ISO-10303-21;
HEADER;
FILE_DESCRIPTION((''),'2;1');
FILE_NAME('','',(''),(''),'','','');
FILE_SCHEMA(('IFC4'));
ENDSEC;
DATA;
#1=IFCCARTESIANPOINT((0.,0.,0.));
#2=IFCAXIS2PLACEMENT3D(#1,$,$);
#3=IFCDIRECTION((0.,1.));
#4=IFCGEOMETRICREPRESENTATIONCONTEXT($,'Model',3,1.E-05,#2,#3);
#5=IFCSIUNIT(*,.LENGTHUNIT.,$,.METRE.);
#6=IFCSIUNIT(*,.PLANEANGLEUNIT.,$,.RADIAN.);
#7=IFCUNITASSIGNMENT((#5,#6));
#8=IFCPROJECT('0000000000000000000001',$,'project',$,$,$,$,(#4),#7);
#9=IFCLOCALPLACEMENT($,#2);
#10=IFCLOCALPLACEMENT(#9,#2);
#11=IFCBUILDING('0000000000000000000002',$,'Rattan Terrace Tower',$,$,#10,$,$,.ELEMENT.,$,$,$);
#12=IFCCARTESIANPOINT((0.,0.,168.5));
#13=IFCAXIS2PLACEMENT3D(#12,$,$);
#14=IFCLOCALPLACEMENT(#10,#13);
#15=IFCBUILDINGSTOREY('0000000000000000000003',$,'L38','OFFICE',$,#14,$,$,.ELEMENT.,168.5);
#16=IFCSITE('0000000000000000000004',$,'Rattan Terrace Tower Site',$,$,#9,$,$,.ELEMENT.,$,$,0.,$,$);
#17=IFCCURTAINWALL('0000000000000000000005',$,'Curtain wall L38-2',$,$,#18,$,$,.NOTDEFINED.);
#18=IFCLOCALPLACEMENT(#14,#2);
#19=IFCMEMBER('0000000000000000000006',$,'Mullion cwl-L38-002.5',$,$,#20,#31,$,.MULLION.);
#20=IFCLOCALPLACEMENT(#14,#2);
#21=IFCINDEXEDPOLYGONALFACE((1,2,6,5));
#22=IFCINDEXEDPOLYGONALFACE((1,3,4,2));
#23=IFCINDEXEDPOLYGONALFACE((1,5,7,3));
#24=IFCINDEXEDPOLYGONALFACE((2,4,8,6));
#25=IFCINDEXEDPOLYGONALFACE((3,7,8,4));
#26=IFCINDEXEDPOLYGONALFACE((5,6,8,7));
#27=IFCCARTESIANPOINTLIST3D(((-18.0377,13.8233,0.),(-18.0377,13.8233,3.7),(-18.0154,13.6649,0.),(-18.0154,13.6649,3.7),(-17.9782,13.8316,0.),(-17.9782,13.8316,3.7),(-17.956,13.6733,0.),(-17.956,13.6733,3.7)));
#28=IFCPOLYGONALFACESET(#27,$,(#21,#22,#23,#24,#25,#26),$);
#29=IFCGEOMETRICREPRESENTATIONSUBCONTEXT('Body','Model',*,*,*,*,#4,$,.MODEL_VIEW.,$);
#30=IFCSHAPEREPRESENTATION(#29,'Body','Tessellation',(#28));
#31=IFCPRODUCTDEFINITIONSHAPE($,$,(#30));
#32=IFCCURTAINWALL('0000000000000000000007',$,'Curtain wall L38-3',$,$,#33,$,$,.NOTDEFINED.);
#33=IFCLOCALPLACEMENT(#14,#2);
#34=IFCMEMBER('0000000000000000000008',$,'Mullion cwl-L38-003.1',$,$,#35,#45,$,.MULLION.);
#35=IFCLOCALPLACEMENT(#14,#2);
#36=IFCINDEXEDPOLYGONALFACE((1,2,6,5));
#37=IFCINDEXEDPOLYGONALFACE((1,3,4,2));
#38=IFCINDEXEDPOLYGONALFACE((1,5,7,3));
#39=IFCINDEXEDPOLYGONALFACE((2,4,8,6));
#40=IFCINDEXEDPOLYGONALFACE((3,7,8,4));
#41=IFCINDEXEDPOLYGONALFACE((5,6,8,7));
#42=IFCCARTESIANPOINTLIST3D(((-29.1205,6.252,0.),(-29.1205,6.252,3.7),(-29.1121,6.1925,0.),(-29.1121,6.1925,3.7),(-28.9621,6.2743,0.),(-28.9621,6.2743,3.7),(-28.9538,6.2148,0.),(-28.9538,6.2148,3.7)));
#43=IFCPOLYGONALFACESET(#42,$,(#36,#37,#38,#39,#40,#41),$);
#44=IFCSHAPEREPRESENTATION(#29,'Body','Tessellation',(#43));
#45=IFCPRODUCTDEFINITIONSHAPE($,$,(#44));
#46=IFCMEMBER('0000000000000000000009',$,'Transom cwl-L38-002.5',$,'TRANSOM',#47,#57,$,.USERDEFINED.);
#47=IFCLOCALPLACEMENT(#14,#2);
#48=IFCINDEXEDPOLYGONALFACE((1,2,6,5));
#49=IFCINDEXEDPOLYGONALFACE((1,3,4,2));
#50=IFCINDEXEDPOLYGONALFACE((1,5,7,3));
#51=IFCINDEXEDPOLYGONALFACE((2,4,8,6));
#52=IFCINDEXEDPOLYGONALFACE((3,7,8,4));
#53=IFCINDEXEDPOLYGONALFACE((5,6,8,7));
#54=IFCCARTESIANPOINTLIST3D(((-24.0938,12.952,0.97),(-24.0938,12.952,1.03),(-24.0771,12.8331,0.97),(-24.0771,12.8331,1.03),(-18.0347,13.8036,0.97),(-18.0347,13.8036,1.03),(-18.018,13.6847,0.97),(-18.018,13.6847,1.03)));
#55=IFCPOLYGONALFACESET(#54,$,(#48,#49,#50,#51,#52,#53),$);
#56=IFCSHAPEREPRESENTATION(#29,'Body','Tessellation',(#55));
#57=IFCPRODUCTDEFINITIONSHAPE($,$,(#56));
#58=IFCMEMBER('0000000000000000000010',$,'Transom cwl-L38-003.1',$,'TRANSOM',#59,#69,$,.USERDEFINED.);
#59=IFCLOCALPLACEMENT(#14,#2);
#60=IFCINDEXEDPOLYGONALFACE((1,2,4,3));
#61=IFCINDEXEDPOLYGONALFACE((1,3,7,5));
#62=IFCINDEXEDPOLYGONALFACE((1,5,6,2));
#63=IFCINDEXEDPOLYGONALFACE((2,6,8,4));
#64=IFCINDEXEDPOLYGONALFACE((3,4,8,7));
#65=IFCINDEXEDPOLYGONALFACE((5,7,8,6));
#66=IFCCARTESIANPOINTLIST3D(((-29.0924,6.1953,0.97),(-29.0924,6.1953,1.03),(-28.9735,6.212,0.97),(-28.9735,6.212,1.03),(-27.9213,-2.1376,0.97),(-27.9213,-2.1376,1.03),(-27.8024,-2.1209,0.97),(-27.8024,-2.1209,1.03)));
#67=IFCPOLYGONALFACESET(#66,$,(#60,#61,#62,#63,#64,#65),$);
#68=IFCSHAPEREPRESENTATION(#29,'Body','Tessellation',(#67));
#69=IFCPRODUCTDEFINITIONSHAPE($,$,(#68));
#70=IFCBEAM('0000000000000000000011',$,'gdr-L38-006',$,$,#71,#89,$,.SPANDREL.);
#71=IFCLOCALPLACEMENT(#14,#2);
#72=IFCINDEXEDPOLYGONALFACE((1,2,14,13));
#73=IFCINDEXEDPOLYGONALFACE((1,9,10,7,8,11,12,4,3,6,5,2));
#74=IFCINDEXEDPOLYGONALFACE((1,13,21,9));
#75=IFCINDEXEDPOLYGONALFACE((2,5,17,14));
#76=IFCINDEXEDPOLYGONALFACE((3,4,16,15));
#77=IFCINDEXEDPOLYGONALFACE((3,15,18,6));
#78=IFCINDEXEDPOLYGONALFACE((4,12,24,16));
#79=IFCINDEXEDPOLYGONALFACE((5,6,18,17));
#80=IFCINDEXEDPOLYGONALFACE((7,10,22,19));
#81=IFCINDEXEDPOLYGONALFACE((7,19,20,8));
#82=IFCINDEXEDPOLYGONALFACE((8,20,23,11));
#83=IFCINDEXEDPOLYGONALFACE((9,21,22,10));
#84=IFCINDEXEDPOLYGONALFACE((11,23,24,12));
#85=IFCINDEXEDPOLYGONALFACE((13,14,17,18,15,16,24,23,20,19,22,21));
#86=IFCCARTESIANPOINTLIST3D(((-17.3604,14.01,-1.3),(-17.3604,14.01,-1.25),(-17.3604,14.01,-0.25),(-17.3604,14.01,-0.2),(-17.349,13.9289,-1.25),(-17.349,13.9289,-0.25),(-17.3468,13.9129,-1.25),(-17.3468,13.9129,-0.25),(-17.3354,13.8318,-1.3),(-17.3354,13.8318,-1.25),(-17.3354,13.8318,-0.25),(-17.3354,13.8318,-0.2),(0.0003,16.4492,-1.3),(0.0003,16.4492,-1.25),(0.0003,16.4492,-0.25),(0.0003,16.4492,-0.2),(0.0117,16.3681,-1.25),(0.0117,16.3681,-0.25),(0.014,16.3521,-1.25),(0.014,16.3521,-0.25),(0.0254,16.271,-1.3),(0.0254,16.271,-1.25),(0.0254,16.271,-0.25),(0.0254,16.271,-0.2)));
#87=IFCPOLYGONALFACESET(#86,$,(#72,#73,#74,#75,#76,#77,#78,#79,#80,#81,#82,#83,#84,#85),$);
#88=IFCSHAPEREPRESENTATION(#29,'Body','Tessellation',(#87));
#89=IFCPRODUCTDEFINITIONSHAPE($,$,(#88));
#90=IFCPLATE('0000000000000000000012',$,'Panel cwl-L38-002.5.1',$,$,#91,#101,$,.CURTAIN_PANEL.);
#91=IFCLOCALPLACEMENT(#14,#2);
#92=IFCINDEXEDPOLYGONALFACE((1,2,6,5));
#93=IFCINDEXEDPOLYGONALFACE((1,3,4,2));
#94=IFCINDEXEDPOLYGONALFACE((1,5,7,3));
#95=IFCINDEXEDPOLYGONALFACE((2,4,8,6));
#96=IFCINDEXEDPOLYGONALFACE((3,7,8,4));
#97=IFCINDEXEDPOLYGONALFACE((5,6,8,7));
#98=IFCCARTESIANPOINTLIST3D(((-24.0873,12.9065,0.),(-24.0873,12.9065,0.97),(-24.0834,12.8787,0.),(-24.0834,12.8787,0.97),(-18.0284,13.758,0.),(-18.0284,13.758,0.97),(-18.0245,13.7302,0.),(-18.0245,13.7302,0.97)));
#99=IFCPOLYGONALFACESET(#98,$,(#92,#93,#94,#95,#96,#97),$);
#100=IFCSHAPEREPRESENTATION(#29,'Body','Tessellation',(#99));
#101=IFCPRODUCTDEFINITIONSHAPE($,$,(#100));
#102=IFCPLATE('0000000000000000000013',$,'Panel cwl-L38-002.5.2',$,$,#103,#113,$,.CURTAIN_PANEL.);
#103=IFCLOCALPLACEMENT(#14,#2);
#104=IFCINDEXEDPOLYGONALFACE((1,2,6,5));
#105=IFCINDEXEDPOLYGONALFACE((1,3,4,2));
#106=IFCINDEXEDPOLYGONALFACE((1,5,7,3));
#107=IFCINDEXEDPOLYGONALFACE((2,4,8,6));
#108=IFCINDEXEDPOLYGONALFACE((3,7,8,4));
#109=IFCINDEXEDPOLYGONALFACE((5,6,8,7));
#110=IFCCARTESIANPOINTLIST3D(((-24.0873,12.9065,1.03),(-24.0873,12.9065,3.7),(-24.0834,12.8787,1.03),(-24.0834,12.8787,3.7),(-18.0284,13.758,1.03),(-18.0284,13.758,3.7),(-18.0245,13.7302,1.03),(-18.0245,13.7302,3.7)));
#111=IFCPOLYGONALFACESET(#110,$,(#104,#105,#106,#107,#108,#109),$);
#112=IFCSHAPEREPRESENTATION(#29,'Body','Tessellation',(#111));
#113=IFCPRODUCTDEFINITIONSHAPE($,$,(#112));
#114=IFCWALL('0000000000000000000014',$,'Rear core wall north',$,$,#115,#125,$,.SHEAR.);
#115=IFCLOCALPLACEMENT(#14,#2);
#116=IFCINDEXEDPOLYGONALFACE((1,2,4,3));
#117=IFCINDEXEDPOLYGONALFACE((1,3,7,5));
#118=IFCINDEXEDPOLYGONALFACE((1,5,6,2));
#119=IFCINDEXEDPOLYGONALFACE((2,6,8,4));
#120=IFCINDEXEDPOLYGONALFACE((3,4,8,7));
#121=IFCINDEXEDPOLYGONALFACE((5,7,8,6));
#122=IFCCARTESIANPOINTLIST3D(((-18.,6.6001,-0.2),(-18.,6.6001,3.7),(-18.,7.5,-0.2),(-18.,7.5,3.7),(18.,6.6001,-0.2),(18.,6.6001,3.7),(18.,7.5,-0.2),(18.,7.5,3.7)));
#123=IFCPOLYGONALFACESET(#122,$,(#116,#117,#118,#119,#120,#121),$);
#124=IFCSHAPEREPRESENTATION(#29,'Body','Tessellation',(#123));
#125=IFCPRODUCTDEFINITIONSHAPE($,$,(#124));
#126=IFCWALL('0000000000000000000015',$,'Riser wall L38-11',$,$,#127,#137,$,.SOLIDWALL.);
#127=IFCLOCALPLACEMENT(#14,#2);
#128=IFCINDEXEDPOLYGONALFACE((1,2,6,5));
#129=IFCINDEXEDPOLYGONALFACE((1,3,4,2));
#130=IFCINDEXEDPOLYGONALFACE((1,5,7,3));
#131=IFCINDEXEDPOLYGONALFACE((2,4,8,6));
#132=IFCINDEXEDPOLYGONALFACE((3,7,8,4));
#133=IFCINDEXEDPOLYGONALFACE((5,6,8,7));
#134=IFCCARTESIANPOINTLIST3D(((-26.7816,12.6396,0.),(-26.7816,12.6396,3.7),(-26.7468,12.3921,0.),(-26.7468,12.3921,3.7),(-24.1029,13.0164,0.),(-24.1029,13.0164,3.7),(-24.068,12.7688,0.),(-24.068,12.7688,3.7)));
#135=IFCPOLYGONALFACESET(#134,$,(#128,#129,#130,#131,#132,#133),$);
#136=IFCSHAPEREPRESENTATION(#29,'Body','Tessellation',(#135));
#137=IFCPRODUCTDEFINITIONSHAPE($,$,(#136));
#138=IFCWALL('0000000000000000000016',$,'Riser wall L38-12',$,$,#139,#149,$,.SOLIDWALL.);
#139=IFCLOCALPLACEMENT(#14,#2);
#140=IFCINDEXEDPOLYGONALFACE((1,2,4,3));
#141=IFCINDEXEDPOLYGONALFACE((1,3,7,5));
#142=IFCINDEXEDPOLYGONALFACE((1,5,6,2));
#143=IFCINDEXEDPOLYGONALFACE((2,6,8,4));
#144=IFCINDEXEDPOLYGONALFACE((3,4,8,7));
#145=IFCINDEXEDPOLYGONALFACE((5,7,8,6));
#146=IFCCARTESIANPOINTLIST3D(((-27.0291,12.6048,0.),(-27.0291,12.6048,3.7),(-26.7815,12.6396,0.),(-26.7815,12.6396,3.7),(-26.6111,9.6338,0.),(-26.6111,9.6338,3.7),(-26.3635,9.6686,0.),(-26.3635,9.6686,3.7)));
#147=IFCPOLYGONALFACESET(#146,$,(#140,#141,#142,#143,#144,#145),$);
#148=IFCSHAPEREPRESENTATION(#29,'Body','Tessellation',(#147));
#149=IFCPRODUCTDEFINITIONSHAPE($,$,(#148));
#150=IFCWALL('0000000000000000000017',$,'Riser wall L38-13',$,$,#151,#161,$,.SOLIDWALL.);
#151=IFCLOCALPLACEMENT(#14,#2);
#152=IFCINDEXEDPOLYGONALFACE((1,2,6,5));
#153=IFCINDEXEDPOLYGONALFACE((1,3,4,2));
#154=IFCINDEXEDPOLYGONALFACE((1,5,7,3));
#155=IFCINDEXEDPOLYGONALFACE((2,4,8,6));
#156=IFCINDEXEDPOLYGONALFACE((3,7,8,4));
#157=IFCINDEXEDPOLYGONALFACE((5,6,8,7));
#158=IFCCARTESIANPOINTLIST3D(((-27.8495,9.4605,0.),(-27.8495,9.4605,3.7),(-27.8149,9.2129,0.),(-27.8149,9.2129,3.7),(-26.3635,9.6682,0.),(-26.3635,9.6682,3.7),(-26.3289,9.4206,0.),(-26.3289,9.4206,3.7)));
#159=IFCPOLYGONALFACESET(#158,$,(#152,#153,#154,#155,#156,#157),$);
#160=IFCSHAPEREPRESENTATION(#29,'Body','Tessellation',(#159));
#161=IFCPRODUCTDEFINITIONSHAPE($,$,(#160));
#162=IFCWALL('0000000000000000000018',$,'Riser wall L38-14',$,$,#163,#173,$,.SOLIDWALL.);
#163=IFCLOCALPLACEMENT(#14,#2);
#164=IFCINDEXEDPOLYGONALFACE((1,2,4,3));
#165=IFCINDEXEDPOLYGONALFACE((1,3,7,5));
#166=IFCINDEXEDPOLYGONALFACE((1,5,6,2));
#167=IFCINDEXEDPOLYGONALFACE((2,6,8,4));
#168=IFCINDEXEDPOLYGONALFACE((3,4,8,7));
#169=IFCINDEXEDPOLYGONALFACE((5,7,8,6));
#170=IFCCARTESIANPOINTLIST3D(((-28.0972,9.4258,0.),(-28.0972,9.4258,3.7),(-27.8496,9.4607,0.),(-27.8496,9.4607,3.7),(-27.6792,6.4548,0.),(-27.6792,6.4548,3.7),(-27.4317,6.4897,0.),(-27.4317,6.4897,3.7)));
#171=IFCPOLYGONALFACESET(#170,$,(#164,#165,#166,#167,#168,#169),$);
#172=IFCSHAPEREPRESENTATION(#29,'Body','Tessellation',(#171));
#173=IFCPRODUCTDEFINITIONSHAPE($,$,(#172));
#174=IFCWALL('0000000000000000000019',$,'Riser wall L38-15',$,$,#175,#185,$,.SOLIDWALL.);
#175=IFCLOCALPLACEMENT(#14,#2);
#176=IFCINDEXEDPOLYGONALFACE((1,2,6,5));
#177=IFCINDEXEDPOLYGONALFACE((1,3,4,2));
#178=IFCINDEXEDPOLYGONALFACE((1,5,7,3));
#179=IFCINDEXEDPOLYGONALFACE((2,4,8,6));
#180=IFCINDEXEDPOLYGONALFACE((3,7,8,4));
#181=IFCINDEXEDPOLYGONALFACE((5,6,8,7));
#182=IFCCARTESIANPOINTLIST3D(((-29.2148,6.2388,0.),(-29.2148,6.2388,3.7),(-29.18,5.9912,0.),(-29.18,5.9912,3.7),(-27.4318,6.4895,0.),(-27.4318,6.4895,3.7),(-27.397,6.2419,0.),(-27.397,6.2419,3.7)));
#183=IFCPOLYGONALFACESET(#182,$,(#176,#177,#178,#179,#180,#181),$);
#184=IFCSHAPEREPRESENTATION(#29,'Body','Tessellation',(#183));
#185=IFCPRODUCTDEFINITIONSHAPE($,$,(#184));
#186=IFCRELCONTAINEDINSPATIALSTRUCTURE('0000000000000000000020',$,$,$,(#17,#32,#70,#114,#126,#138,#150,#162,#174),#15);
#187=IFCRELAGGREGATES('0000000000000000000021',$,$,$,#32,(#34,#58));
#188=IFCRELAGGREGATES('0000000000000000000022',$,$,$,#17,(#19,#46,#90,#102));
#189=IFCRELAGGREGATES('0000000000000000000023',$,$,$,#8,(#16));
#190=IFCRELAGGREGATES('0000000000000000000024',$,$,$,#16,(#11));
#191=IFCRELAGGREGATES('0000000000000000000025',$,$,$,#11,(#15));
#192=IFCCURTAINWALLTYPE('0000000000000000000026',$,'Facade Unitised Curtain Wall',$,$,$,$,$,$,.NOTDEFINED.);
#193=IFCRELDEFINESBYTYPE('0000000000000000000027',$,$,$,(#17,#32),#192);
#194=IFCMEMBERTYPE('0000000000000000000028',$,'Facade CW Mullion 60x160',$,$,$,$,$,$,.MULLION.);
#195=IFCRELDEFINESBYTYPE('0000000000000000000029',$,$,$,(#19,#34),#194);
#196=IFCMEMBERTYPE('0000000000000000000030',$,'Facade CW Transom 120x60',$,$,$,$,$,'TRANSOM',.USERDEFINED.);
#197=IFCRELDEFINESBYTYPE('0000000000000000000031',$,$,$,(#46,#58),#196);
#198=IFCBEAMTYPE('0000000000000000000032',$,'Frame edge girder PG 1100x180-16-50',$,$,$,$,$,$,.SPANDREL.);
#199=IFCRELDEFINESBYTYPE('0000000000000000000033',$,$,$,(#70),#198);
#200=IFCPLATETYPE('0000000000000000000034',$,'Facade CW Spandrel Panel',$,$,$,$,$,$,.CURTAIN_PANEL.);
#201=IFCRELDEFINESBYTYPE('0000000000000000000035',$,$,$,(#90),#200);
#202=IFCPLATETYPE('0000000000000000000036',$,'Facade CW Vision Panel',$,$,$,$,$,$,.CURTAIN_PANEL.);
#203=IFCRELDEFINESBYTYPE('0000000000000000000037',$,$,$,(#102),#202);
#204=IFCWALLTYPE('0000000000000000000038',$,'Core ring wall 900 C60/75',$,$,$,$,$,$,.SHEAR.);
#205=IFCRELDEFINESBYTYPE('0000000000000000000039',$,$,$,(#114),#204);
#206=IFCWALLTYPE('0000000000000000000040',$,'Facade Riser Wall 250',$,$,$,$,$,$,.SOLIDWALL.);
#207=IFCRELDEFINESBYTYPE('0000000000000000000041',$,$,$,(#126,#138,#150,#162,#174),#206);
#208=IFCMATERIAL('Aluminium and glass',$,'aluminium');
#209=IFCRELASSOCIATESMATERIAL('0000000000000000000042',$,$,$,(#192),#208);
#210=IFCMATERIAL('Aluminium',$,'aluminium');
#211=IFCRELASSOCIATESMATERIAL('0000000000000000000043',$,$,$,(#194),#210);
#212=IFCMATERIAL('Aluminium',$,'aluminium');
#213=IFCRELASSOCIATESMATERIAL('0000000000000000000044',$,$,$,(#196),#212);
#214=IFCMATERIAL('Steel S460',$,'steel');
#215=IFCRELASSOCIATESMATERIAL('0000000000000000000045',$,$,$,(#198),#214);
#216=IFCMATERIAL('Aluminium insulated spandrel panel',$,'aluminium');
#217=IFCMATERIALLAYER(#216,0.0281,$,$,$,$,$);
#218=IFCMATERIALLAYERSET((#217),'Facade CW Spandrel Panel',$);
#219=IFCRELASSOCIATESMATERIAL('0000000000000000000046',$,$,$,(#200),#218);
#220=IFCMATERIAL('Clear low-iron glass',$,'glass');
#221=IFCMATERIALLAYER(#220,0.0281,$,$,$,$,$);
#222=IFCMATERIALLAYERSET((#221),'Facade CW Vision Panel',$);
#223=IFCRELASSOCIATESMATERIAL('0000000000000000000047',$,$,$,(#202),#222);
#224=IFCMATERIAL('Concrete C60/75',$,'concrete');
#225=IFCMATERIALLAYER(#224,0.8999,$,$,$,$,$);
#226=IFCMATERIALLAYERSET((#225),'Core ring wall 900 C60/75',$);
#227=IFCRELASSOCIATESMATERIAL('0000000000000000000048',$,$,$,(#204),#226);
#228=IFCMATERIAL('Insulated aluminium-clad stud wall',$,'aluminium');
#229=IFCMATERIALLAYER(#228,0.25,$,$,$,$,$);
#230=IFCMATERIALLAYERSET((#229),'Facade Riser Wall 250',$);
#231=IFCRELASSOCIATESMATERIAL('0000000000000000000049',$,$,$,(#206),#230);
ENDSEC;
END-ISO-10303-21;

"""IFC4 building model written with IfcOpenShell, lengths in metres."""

from ifc_helpers import new_model, si_unit, direction, frame, frame_2d, origin, origin_2d, place, context, subcontext, project, spatial, rectangle, i_section, extrude, material, layer, layer_set, material_profile, profile_set, type_object, element, aggregate, save


model = new_model("IFC4")

# Units and contexts
model_context = context("Model", 3, precision=1e-05, world=origin(), true_north=direction((0.0, 1.0)))
body_context = subcontext(model_context, "Body", "Model", "MODEL_VIEW")
ifc_project = project(units=[si_unit("LENGTHUNIT", "METRE"), si_unit("PLANEANGLEUNIT", "RADIAN")], contexts=[model_context])

# Site, building, storey
site_placement = place(None, origin())
site = spatial("IfcSite", under=ifc_project, at=site_placement, Name="Rattan Terrace Tower Site", CompositionType="ELEMENT", RefElevation=0.0)
building_placement = place(site_placement, origin())
building = spatial("IfcBuilding", under=site, at=building_placement, Name="Rattan Terrace Tower", CompositionType="ELEMENT")
storey_placement = place(building_placement, frame((0.0, 0.0, 168.5)))
storey = spatial("IfcBuildingStorey", under=building, at=storey_placement, Name="L38", Description="OFFICE", CompositionType="ELEMENT", Elevation=168.5)

# Curtain walls, members
ifc_material_1 = material(Name="Aluminium and glass", Category="aluminium")
curtain_wall_type = type_object("IfcCurtainWallType", Name="Facade Unitised Curtain Wall", PredefinedType="NOTDEFINED", material=ifc_material_1)
curtain_wall_1_placement = place(storey_placement, origin())
curtain_wall_1 = element("IfcCurtainWall", 1, at=curtain_wall_1_placement, inside=storey, type_object=curtain_wall_type, Name="Curtain wall L38-2", PredefinedType="NOTDEFINED")
ifc_material_2 = material(Name="Aluminium", Category="aluminium")
ifc_material_profile_1 = material_profile(ifc_material_2, rectangle(XDim=0.0601, YDim=0.1599, at=origin_2d()), Name="Aluminium 60x160")
ifc_profile_set_1 = profile_set([ifc_material_profile_1], Name="Aluminium")
member_type_1 = type_object("IfcMemberType", Name="Facade CW Mullion 60x160", PredefinedType="MULLION", material=ifc_profile_set_1)
member_1_placement = place(storey_placement, frame((-17.9968, 13.7483, 0.0), z_axis=(0.0, 0.0, 1.0), x_axis=(-0.99027, -0.139161, 0.0)))
member_1 = element("IfcMember", 2, at=member_1_placement, type_object=member_type_1, Name="Mullion cwl-L38-002.5", PredefinedType="MULLION", context=body_context, shape_type="SweptSolid", body=[
    extrude(rectangle(XDim=0.0601, YDim=0.1599, at=origin_2d()), origin(), (0.0, 0.0, 1.0), 3.7),
])
curtain_wall_2_placement = place(storey_placement, origin())
curtain_wall_2 = element("IfcCurtainWall", 3, at=curtain_wall_2_placement, inside=storey, type_object=curtain_wall_type, Name="Curtain wall L38-3", PredefinedType="NOTDEFINED")
member_2_placement = place(storey_placement, frame((-29.0371, 6.2334, 0.0), z_axis=(0.0, 0.0, 1.0), x_axis=(0.139191, -0.990266, 0.0)))
member_2 = element("IfcMember", 4, at=member_2_placement, type_object=member_type_1, Name="Mullion cwl-L38-003.1", PredefinedType="MULLION", context=body_context, shape_type="SweptSolid", body=[
    extrude(rectangle(XDim=0.0601, YDim=0.1599, at=origin_2d()), origin(), (0.0, 0.0, 1.0), 3.7),
])

# Members
ifc_material_3 = material(Name="Aluminium", Category="aluminium")
ifc_material_profile_2 = material_profile(ifc_material_3, rectangle(XDim=0.1201, YDim=0.0601, at=origin_2d()), Name="Aluminium 120x60")
ifc_profile_set_2 = profile_set([ifc_material_profile_2], Name="Aluminium")
member_type_2 = type_object("IfcMemberType", Name="Facade CW Transom 120x60", ElementType="TRANSOM", PredefinedType="USERDEFINED", material=ifc_profile_set_2)
member_3_placement = place(storey_placement, frame((-18.0264, 13.7441, 1.0), z_axis=(-0.990268, -0.139175, 0.0), x_axis=(0.139175, -0.990268, 0.0)))
member_3 = element("IfcMember", 5, at=member_3_placement, type_object=member_type_2, Name="Transom cwl-L38-002.5", ObjectType="TRANSOM", PredefinedType="USERDEFINED", context=body_context, shape_type="SweptSolid", body=[
    extrude(rectangle(XDim=0.1201, YDim=0.0601, at=origin_2d()), origin(), (0.0, 0.0, 1.0), 6.1187),
])
member_4_placement = place(storey_placement, frame((-29.033, 6.2036, 1.0), z_axis=(0.139175, -0.990268, 0.0), x_axis=(0.990268, 0.139175, 0.0)))
member_4 = element("IfcMember", 6, at=member_4_placement, type_object=member_type_2, Name="Transom cwl-L38-003.1", ObjectType="TRANSOM", PredefinedType="USERDEFINED", context=body_context, shape_type="SweptSolid", body=[
    extrude(rectangle(XDim=0.1201, YDim=0.0601, at=origin_2d()), origin(), (0.0, 0.0, 1.0), 8.4148),
])
aggregate(curtain_wall_2, [member_2, member_4])

# Beam
ifc_material_4 = material(Name="Steel S460", Category="steel")
ifc_material_profile_3 = material_profile(ifc_material_4, i_section(OverallWidth=0.1799, OverallDepth=1.1001, WebThickness=0.0161, FlangeThickness=0.05, at=origin_2d()), Name="PG 1100x180-16-50")
ifc_profile_set_3 = profile_set([ifc_material_profile_3], Name="Steel S460")
beam_type = type_object("IfcBeamType", Name="Frame edge girder PG 1100x180-16-50", PredefinedType="SPANDREL", material=ifc_profile_set_3)
beam_placement = place(storey_placement, frame((-17.3479, 13.9209, -0.75), z_axis=(0.990274, 0.139134, 0.0), x_axis=(-0.139134, 0.990274, 0.0)))
element("IfcBeam", 7, at=beam_placement, inside=storey, type_object=beam_type, Name="gdr-L38-006", PredefinedType="SPANDREL", context=body_context, shape_type="SweptSolid", body=[
    extrude(i_section(OverallWidth=0.1799, OverallDepth=1.1001, WebThickness=0.0161, FlangeThickness=0.05, at=origin_2d()), origin(), (0.0, 0.0, 1.0), 17.5312),
])

# Plates
ifc_material_5 = material(Name="Aluminium insulated spandrel panel", Category="aluminium")
ifc_layer_1 = layer(ifc_material_5, 0.0281)
ifc_layer_set_1 = layer_set([ifc_layer_1], Name="Facade CW Spandrel Panel")
plate_type_1 = type_object("IfcPlateType", Name="Facade CW Spandrel Panel", PredefinedType="CURTAIN_PANEL", material=ifc_layer_set_1)
plate_1_placement = place(storey_placement, frame((-21.0559, 13.3184, 0.0), z_axis=(0.0, 0.0, 1.0), x_axis=(-0.99027, -0.139161, 0.0)))
plate_1 = element("IfcPlate", 8, at=plate_1_placement, type_object=plate_type_1, Name="Panel cwl-L38-002.5.1", PredefinedType="CURTAIN_PANEL", context=body_context, shape_type="SweptSolid", body=[
    extrude(rectangle(XDim=6.1184, YDim=0.0281, at=origin_2d()), origin(), (0.0, 0.0, 1.0), 0.97),
])
ifc_material_6 = material(Name="Clear low-iron glass", Category="glass")
ifc_layer_2 = layer(ifc_material_6, 0.0281)
ifc_layer_set_2 = layer_set([ifc_layer_2], Name="Facade CW Vision Panel")
plate_type_2 = type_object("IfcPlateType", Name="Facade CW Vision Panel", PredefinedType="CURTAIN_PANEL", material=ifc_layer_set_2)
plate_2_placement = place(storey_placement, frame((-21.0559, 13.3184, 1.03), z_axis=(0.0, 0.0, 1.0), x_axis=(-0.99027, -0.139161, 0.0)))
plate_2 = element("IfcPlate", 9, at=plate_2_placement, type_object=plate_type_2, Name="Panel cwl-L38-002.5.2", PredefinedType="CURTAIN_PANEL", context=body_context, shape_type="SweptSolid", body=[
    extrude(rectangle(XDim=6.1184, YDim=0.0281, at=origin_2d()), origin(), (0.0, 0.0, 1.0), 2.6699),
])
aggregate(curtain_wall_1, [member_1, member_3, plate_1, plate_2])

# Walls
ifc_material_7 = material(Name="Concrete C60/75", Category="concrete")
ifc_layer_3 = layer(ifc_material_7, 0.8999)
ifc_layer_set_3 = layer_set([ifc_layer_3], Name="Core ring wall 900 C60/75")
wall_type_1 = type_object("IfcWallType", Name="Core ring wall 900 C60/75", PredefinedType="SHEAR", material=ifc_layer_set_3)
wall_1_placement = place(storey_placement, frame((-18.0, 7.05, -0.2), z_axis=(0.0, 0.0, 1.0), x_axis=(1.0, 0.0, 0.0)))
element("IfcWall", 10, at=wall_1_placement, inside=storey, type_object=wall_type_1, Name="Rear core wall north", PredefinedType="SHEAR", context=body_context, shape_type="SweptSolid", body=[
    extrude(rectangle(XDim=36.0, YDim=0.8999, at=frame_2d((18.0, 0.0))), origin(), (0.0, 0.0, 1.0), 3.8999),
])
ifc_material_8 = material(Name="Insulated aluminium-clad stud wall", Category="aluminium")
ifc_layer_4 = layer(ifc_material_8, 0.25)
ifc_layer_set_4 = layer_set([ifc_layer_4], Name="Facade Riser Wall 250")
wall_type_2 = type_object("IfcWallType", Name="Facade Riser Wall 250", PredefinedType="SOLIDWALL", material=ifc_layer_set_4)
wall_2_placement = place(storey_placement, frame((-24.0854, 12.8926, 0.0), z_axis=(0.0, 0.0, 1.0), x_axis=(-0.990256, -0.13926, 0.0)))
element("IfcWall", 11, at=wall_2_placement, inside=storey, type_object=wall_type_2, Name="Riser wall L38-11", PredefinedType="SOLIDWALL", context=body_context, shape_type="SweptSolid", body=[
    extrude(rectangle(XDim=2.7051, YDim=0.25, at=frame_2d((1.3525, 0.0))), origin(), (0.0, 0.0, 1.0), 3.7),
])
wall_3_placement = place(storey_placement, frame((-26.9053, 12.6221, 0.0), z_axis=(0.0, 0.0, 1.0), x_axis=(0.139313, -0.990248, 0.0)))
element("IfcWall", 12, at=wall_3_placement, inside=storey, type_object=wall_type_2, Name="Riser wall L38-12", PredefinedType="SOLIDWALL", context=body_context, shape_type="SweptSolid", body=[
    extrude(rectangle(XDim=3.0002, YDim=0.25, at=frame_2d((1.5, 0.0))), origin(), (0.0, 0.0, 1.0), 3.7),
])
wall_4_placement = place(storey_placement, frame((-26.3462, 9.5444, 0.0), z_axis=(0.0, 0.0, 1.0), x_axis=(-0.990368, -0.13846, 0.0)))
element("IfcWall", 13, at=wall_4_placement, inside=storey, type_object=wall_type_2, Name="Riser wall L38-13", PredefinedType="SOLIDWALL", context=body_context, shape_type="SweptSolid", body=[
    extrude(rectangle(XDim=1.5005, YDim=0.25, at=frame_2d((0.7502, 0.0))), origin(), (0.0, 0.0, 1.0), 3.7),
])
wall_5_placement = place(storey_placement, frame((-27.9734, 9.4431, 0.0), z_axis=(0.0, 0.0, 1.0), x_axis=(0.139313, -0.990248, 0.0)))
element("IfcWall", 14, at=wall_5_placement, inside=storey, type_object=wall_type_2, Name="Riser wall L38-14", PredefinedType="SOLIDWALL", context=body_context, shape_type="SweptSolid", body=[
    extrude(rectangle(XDim=3.0002, YDim=0.25, at=frame_2d((1.5, 0.0))), origin(), (0.0, 0.0, 1.0), 3.7),
])
wall_6_placement = place(storey_placement, frame((-27.4143, 6.3657, 0.0), z_axis=(0.0, 0.0, 1.0), x_axis=(-0.990256, -0.139257, 0.0)))
element("IfcWall", 15, at=wall_6_placement, inside=storey, type_object=wall_type_2, Name="Riser wall L38-15", PredefinedType="SOLIDWALL", context=body_context, shape_type="SweptSolid", body=[
    extrude(rectangle(XDim=1.8005, YDim=0.25, at=frame_2d((0.9004, 0.0))), origin(), (0.0, 0.0, 1.0), 3.7),
])

save(model, "model.ifc")
